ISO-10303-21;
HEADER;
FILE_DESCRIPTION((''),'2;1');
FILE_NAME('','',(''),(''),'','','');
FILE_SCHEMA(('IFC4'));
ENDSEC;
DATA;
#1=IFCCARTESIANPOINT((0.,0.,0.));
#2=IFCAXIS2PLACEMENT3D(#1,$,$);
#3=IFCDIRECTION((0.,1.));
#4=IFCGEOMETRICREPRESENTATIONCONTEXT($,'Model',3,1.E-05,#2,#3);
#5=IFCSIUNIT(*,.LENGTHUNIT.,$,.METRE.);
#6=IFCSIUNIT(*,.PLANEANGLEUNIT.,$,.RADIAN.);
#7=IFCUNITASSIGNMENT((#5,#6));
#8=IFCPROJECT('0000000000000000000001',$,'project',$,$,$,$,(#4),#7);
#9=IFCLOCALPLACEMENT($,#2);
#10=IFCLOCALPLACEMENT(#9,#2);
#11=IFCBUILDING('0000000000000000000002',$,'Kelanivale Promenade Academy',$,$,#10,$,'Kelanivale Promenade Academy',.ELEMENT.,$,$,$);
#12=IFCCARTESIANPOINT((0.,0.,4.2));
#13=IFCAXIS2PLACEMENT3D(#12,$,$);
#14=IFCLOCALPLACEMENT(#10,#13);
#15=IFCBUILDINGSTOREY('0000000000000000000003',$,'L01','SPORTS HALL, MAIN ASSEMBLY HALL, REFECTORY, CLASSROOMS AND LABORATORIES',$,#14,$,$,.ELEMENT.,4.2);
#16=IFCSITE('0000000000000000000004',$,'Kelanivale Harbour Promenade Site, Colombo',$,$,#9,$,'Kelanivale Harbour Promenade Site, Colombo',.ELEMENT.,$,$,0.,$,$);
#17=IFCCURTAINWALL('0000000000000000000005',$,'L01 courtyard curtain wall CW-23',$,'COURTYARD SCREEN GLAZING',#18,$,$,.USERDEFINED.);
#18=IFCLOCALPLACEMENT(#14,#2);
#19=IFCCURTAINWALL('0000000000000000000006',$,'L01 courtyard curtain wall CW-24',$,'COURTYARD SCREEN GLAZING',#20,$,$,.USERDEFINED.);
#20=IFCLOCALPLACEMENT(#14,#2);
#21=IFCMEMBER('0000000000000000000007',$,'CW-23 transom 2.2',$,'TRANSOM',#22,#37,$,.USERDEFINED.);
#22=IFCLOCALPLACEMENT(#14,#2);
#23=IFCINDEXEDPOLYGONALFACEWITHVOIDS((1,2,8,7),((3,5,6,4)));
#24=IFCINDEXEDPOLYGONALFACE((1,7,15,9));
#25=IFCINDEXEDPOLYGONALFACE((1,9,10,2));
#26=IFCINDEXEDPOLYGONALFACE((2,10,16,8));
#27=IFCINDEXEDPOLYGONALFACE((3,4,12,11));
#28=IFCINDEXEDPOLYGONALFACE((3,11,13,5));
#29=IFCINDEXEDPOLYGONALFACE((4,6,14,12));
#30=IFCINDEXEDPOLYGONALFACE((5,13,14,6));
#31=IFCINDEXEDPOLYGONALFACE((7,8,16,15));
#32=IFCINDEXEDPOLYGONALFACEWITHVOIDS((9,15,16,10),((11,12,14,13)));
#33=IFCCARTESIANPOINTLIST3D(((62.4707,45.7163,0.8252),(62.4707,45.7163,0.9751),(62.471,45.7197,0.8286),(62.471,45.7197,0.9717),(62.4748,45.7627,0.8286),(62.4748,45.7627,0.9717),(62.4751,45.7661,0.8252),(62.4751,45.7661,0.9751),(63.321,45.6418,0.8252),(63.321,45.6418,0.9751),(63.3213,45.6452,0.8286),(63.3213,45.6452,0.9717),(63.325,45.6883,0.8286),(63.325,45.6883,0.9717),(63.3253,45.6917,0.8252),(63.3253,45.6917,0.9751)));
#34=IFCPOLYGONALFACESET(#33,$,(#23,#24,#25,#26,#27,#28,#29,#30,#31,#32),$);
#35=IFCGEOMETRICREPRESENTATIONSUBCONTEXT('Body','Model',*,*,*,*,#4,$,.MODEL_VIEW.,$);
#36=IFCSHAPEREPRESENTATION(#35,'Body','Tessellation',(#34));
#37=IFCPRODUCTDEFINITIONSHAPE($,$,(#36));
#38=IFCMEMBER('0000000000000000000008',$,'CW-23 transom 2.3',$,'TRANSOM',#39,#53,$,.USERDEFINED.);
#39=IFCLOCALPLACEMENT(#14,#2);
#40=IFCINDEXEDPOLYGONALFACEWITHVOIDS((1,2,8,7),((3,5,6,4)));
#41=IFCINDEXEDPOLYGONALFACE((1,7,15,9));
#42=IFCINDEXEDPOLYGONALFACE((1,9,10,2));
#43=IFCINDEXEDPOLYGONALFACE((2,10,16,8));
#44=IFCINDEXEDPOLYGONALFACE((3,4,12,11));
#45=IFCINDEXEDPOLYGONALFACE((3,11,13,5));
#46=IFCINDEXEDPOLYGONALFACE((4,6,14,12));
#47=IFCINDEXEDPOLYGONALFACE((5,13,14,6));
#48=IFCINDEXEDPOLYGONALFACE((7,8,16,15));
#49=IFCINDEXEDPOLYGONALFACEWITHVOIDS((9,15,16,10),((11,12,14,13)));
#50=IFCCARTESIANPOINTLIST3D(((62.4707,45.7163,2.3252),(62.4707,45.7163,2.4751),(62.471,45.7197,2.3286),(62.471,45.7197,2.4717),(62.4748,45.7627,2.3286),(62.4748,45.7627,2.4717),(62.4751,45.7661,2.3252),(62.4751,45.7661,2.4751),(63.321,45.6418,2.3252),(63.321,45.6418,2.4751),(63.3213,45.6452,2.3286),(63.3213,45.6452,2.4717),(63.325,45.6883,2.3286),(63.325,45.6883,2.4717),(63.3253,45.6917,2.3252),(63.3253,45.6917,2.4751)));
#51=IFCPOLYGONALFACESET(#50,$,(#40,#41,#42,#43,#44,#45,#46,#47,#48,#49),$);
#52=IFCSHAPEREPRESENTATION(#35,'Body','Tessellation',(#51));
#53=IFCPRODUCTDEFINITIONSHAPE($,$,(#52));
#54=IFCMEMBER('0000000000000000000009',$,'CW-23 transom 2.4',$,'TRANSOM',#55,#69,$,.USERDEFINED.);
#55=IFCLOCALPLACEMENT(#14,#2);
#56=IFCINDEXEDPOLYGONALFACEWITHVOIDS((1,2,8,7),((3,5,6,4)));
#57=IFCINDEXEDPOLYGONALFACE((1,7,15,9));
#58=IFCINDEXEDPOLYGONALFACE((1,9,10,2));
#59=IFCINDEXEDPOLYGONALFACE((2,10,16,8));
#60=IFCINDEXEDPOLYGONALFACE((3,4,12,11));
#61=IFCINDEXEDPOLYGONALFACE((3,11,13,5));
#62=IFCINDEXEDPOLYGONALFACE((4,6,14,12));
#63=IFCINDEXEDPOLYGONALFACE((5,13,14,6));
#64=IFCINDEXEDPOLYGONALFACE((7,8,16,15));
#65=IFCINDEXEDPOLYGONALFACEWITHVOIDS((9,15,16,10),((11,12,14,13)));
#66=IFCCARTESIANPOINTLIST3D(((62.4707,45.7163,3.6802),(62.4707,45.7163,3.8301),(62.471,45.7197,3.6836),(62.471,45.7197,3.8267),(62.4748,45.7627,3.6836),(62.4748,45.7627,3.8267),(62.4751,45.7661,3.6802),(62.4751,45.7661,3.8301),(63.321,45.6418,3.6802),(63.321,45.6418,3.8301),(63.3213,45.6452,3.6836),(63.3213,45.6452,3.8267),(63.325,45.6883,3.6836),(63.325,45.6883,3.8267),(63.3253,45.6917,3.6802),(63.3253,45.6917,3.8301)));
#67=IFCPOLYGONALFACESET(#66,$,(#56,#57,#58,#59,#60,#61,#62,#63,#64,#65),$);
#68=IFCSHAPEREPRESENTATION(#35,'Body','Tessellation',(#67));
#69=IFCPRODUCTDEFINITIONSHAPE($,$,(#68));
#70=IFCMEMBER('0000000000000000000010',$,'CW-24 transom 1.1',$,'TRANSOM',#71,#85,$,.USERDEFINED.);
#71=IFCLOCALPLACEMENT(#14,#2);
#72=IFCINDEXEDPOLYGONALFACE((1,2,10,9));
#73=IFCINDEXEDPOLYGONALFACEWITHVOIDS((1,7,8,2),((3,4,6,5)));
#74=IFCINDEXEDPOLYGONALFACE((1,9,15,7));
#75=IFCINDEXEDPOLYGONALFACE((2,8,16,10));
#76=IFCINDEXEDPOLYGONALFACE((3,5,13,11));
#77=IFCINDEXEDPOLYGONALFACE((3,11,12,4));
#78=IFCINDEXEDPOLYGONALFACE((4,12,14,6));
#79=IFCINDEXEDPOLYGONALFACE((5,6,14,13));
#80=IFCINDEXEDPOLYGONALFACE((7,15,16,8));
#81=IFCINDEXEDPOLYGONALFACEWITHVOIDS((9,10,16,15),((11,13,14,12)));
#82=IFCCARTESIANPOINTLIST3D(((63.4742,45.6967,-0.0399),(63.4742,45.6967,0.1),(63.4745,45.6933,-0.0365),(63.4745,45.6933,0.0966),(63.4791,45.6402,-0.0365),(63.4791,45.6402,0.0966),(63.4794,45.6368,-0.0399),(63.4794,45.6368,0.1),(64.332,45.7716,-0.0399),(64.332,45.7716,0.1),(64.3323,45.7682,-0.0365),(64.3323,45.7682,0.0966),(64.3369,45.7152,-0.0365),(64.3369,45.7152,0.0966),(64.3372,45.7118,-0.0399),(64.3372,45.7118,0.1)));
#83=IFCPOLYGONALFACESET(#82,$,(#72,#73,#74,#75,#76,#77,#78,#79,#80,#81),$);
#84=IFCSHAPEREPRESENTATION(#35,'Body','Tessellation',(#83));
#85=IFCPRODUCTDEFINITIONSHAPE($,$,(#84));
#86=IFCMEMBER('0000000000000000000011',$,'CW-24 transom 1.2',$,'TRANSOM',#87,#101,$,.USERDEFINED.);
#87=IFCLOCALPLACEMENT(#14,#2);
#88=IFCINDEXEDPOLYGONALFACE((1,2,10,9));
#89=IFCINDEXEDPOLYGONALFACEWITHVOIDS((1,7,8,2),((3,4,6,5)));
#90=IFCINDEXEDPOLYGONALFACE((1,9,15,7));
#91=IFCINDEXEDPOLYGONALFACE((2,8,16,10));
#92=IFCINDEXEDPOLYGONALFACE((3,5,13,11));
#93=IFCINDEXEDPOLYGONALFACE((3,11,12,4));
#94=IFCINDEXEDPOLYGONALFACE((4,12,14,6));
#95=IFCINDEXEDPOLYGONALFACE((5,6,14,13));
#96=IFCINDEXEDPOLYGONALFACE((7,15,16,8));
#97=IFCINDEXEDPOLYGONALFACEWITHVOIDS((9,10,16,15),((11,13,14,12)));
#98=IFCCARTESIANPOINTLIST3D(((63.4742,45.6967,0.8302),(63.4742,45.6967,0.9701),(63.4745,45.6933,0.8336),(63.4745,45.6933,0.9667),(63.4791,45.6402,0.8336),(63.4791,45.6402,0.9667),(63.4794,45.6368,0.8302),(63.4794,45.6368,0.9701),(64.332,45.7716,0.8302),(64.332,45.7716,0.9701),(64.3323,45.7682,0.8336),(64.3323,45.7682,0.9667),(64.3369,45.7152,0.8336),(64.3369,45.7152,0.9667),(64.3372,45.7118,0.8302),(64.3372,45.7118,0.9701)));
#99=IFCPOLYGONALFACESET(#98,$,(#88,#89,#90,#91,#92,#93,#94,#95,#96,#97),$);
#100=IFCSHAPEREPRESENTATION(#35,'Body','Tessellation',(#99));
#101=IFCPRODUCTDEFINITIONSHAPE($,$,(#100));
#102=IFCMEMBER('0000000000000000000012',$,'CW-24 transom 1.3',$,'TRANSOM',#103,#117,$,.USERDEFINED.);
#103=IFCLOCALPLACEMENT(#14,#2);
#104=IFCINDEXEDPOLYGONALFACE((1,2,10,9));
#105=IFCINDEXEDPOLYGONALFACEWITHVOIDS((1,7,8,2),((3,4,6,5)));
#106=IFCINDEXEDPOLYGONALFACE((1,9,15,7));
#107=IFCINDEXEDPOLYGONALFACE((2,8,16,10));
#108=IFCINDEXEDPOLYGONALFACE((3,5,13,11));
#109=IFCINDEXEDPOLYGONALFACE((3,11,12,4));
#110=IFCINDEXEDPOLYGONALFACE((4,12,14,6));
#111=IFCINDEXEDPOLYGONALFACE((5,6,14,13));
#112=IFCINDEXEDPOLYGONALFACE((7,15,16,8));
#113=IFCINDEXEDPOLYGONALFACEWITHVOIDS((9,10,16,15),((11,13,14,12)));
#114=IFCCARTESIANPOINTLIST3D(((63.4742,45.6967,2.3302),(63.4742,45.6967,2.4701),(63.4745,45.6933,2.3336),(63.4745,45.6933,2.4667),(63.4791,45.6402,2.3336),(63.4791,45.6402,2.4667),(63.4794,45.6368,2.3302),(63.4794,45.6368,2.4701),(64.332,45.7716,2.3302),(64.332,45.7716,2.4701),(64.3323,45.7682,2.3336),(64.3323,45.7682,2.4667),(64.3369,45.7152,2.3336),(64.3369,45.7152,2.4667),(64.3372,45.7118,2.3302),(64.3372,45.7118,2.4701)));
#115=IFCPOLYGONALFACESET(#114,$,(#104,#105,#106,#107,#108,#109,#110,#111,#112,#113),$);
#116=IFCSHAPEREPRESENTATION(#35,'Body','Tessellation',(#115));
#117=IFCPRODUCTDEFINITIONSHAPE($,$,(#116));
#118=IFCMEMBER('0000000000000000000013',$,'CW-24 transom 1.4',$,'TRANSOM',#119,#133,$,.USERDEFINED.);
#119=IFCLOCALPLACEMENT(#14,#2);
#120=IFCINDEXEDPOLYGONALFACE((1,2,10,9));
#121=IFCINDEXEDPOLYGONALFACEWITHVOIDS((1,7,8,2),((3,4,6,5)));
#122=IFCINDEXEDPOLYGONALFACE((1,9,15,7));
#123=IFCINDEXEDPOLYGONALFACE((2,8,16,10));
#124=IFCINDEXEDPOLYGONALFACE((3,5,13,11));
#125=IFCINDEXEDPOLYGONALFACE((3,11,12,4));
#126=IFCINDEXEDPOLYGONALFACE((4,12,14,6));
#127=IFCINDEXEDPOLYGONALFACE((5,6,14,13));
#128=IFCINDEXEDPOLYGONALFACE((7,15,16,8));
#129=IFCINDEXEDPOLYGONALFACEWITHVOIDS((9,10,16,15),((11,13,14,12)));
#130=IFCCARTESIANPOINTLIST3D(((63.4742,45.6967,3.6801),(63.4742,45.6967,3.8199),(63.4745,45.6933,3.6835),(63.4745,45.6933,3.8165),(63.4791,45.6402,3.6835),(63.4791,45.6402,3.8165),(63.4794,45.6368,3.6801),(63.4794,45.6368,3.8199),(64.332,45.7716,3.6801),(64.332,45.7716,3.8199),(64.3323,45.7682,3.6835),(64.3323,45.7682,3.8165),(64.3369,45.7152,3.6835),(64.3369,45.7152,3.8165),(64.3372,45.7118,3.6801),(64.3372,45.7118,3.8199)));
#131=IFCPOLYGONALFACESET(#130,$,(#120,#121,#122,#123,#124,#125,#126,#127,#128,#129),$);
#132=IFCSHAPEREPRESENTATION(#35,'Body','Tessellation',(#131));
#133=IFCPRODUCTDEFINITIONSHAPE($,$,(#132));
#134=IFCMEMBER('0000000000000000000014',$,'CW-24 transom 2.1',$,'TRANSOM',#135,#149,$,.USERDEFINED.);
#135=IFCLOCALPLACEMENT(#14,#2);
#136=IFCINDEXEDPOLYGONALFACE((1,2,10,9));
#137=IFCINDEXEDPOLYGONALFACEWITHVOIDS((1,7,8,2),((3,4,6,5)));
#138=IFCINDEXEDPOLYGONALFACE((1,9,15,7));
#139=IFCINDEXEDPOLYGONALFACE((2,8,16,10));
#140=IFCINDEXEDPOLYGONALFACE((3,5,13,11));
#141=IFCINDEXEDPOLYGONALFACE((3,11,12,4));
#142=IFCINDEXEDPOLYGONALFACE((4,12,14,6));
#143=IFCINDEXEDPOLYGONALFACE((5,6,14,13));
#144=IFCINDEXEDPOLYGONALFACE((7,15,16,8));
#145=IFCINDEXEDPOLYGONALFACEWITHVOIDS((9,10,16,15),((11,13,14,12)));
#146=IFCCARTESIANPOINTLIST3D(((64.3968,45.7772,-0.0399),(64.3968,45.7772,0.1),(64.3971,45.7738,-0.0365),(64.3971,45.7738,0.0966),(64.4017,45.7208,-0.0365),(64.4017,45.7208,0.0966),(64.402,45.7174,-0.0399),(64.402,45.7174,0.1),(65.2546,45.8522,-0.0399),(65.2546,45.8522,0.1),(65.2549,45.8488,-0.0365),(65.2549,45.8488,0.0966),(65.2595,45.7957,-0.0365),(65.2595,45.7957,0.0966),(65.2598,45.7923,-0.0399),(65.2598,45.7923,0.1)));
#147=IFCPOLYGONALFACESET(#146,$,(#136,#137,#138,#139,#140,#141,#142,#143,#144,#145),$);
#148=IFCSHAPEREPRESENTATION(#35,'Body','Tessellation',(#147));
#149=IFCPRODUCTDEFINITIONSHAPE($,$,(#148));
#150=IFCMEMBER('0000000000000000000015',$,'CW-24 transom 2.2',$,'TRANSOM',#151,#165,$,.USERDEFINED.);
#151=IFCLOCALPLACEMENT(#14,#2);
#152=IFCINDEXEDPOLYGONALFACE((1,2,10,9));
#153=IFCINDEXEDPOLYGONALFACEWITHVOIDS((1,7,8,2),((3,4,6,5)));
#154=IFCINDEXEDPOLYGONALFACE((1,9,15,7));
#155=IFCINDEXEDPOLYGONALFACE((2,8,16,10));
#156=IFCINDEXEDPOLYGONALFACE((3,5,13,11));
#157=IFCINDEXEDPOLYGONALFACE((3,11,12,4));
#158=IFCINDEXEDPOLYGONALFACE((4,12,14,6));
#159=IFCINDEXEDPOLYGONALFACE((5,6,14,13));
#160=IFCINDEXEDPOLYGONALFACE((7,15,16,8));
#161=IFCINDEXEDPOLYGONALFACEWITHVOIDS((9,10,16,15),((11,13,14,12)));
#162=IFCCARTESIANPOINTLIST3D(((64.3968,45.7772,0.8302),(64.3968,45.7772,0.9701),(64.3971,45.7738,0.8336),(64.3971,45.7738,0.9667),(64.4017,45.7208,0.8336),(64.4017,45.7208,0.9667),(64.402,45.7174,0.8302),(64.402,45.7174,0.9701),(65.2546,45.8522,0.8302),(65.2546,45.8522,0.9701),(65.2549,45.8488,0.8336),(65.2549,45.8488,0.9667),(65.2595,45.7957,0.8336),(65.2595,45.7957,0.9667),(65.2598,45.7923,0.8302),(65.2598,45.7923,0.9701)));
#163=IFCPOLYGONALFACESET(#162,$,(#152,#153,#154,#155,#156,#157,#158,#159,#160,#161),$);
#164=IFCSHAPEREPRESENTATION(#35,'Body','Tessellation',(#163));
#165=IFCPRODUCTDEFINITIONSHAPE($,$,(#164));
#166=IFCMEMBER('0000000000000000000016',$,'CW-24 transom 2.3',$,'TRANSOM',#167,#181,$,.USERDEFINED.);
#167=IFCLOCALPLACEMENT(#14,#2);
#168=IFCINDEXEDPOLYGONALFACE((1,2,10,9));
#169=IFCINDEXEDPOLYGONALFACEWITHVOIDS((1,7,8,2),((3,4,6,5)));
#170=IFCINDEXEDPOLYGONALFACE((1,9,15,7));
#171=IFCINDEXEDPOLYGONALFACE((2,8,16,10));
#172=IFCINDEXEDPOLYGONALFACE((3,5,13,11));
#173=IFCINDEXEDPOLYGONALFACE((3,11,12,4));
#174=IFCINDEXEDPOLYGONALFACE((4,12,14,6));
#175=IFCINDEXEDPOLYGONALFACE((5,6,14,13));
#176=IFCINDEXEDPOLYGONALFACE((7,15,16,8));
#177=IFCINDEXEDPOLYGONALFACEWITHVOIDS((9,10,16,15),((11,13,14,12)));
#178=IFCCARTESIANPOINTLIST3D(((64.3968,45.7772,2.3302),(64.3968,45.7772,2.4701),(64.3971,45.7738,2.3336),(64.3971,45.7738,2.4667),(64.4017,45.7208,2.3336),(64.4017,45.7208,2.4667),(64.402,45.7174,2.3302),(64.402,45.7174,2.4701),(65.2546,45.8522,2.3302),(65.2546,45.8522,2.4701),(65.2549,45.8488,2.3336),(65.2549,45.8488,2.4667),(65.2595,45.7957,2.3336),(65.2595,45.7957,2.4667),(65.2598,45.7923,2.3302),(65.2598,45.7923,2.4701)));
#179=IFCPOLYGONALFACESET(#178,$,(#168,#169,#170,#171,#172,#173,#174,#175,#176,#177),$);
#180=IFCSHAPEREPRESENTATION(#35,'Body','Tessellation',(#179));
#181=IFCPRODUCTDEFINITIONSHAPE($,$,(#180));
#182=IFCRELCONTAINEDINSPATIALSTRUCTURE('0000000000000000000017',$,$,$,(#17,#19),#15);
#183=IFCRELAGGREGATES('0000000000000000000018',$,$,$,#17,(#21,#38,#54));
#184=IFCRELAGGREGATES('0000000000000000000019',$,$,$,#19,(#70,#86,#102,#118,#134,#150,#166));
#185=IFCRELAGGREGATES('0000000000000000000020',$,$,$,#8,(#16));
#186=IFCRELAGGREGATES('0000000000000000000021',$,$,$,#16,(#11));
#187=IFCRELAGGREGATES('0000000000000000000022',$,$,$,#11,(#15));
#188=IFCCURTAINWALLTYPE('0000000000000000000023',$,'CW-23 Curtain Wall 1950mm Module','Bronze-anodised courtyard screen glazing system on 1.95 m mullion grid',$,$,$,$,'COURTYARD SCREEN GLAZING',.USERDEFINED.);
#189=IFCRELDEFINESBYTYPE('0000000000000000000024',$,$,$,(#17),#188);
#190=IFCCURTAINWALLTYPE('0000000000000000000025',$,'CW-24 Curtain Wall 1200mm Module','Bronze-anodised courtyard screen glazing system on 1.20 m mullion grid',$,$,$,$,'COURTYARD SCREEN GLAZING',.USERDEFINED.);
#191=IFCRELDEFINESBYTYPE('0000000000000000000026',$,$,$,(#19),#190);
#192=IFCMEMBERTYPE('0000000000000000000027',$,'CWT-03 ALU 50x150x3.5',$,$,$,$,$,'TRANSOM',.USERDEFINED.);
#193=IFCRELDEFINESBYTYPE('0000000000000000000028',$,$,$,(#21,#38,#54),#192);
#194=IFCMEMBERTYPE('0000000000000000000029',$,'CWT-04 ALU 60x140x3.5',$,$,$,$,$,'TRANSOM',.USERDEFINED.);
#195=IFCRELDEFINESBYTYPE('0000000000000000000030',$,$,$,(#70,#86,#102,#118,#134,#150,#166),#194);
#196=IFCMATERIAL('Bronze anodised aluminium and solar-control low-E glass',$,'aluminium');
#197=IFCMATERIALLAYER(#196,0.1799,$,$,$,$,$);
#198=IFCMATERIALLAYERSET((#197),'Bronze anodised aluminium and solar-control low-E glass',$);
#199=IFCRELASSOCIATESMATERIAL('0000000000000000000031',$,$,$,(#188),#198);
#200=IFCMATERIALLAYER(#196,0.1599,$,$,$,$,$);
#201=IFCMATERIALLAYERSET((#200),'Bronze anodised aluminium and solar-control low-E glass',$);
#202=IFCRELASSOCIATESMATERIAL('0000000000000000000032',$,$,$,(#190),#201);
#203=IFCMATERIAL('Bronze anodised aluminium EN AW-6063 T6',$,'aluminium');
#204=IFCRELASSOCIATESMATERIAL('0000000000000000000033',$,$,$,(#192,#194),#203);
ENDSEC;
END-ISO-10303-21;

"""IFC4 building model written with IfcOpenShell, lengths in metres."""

from ifc_helpers import new_model, si_unit, direction, frame, origin, origin_2d, place, context, subcontext, project, spatial, hollow_rectangle, extrude, material, layer, layer_set, material_profile, profile_set, type_object, element, aggregate, save


model = new_model("IFC4")

# Units and contexts
model_context = context("Model", 3, precision=1e-05, world=origin(), true_north=direction((0.0, 1.0)))
body_context = subcontext(model_context, "Body", "Model", "MODEL_VIEW")
ifc_project = project(units=[si_unit("LENGTHUNIT", "METRE"), si_unit("PLANEANGLEUNIT", "RADIAN")], contexts=[model_context])

# Site, building, storey
site_placement = place(None, origin())
site = spatial("IfcSite", under=ifc_project, at=site_placement, Name="Kelanivale Harbour Promenade Site, Colombo", LongName="Kelanivale Harbour Promenade Site, Colombo", CompositionType="ELEMENT", RefElevation=0.0)
building_placement = place(site_placement, origin())
building = spatial("IfcBuilding", under=site, at=building_placement, Name="Kelanivale Promenade Academy", LongName="Kelanivale Promenade Academy", CompositionType="ELEMENT")
storey_placement = place(building_placement, frame((0.0, 0.0, 4.2)))
storey = spatial("IfcBuildingStorey", under=building, at=storey_placement, Name="L01", Description="SPORTS HALL, MAIN ASSEMBLY HALL, REFECTORY, CLASSROOMS AND LABORATORIES", CompositionType="ELEMENT", Elevation=4.2)

# Shared definitions
ifc_material_1 = material(Name="Bronze anodised aluminium and solar-control low-E glass", Category="aluminium")
ifc_material_2 = material(Name="Bronze anodised aluminium EN AW-6063 T6", Category="aluminium")

# Curtain walls
ifc_layer_1 = layer(ifc_material_1, 0.1799)
ifc_layer_set_1 = layer_set([ifc_layer_1], Name="Bronze anodised aluminium and solar-control low-E glass")
curtain_wall_type_1 = type_object("IfcCurtainWallType", Name="CW-23 Curtain Wall 1950mm Module", Description="Bronze-anodised courtyard screen glazing system on 1.95 m mullion grid", ElementType="COURTYARD SCREEN GLAZING", PredefinedType="USERDEFINED", material=ifc_layer_set_1)
curtain_wall_1_placement = place(storey_placement, origin())
curtain_wall_1 = element("IfcCurtainWall", 1, at=curtain_wall_1_placement, inside=storey, type_object=curtain_wall_type_1, Name="L01 courtyard curtain wall CW-23", ObjectType="COURTYARD SCREEN GLAZING", PredefinedType="USERDEFINED")
ifc_layer_2 = layer(ifc_material_1, 0.1599)
ifc_layer_set_2 = layer_set([ifc_layer_2], Name="Bronze anodised aluminium and solar-control low-E glass")
curtain_wall_type_2 = type_object("IfcCurtainWallType", Name="CW-24 Curtain Wall 1200mm Module", Description="Bronze-anodised courtyard screen glazing system on 1.20 m mullion grid", ElementType="COURTYARD SCREEN GLAZING", PredefinedType="USERDEFINED", material=ifc_layer_set_2)
curtain_wall_2_placement = place(storey_placement, origin())
curtain_wall_2 = element("IfcCurtainWall", 2, at=curtain_wall_2_placement, inside=storey, type_object=curtain_wall_type_2, Name="L01 courtyard curtain wall CW-24", ObjectType="COURTYARD SCREEN GLAZING", PredefinedType="USERDEFINED")

# Members
ifc_material_profile_1 = material_profile(ifc_material_2, hollow_rectangle(XDim=0.05, YDim=0.1499, WallThickness=0.0034, at=origin_2d()), Name="ALU 50x150x3.5")
ifc_profile_set_1 = profile_set([ifc_material_profile_1], Name="Bronze anodised aluminium EN AW-6063 T6")
member_type_1 = type_object("IfcMemberType", Name="CWT-03 ALU 50x150x3.5", ElementType="TRANSOM", PredefinedType="USERDEFINED", material=ifc_profile_set_1)
member_1_placement = place(storey_placement, frame((62.4729, 45.7412, 0.9001), z_axis=(0.996188, -0.087234, 0.0), x_axis=(0.087234, 0.996188, 0.0)))
member_1 = element("IfcMember", 3, at=member_1_placement, type_object=member_type_1, Name="CW-23 transom 2.2", ObjectType="TRANSOM", PredefinedType="USERDEFINED", context=body_context, shape_type="SweptSolid", body=[
    extrude(hollow_rectangle(XDim=0.05, YDim=0.1499, WallThickness=0.0034, at=origin_2d()), origin(), (0.0, 0.0, 1.0), 0.8535),
])
member_2_placement = place(storey_placement, frame((62.4729, 45.7412, 2.4001), z_axis=(0.996188, -0.087234, 0.0), x_axis=(0.087234, 0.996188, 0.0)))
member_2 = element("IfcMember", 4, at=member_2_placement, type_object=member_type_1, Name="CW-23 transom 2.3", ObjectType="TRANSOM", PredefinedType="USERDEFINED", context=body_context, shape_type="SweptSolid", body=[
    extrude(hollow_rectangle(XDim=0.05, YDim=0.1499, WallThickness=0.0034, at=origin_2d()), origin(), (0.0, 0.0, 1.0), 0.8535),
])
member_3_placement = place(storey_placement, frame((62.4729, 45.7412, 3.7551), z_axis=(0.996188, -0.087234, 0.0), x_axis=(0.087234, 0.996188, 0.0)))
member_3 = element("IfcMember", 5, at=member_3_placement, type_object=member_type_1, Name="CW-23 transom 2.4", ObjectType="TRANSOM", PredefinedType="USERDEFINED", context=body_context, shape_type="SweptSolid", body=[
    extrude(hollow_rectangle(XDim=0.05, YDim=0.1499, WallThickness=0.0034, at=origin_2d()), origin(), (0.0, 0.0, 1.0), 0.8535),
])
ifc_material_profile_2 = material_profile(ifc_material_2, hollow_rectangle(XDim=0.0601, YDim=0.1399, WallThickness=0.0034, at=origin_2d()), Name="ALU 60x140x3.5")
ifc_profile_set_2 = profile_set([ifc_material_profile_2], Name="Bronze anodised aluminium EN AW-6063 T6")
member_type_2 = type_object("IfcMemberType", Name="CWT-04 ALU 60x140x3.5", ElementType="TRANSOM", PredefinedType="USERDEFINED", material=ifc_profile_set_2)
member_4_placement = place(storey_placement, frame((63.4768, 45.6667, 0.03), z_axis=(0.996205, 0.087033, 0.0), x_axis=(-0.087033, 0.996205, 0.0)))
member_4 = element("IfcMember", 6, at=member_4_placement, type_object=member_type_2, Name="CW-24 transom 1.1", ObjectType="TRANSOM", PredefinedType="USERDEFINED", context=body_context, shape_type="SweptSolid", body=[
    extrude(hollow_rectangle(XDim=0.0601, YDim=0.1399, WallThickness=0.0034, at=origin_2d()), origin(), (0.0, 0.0, 1.0), 0.8611),
])
member_5_placement = place(storey_placement, frame((63.4768, 45.6667, 0.9001), z_axis=(0.996205, 0.087033, 0.0), x_axis=(-0.087033, 0.996205, 0.0)))
member_5 = element("IfcMember", 7, at=member_5_placement, type_object=member_type_2, Name="CW-24 transom 1.2", ObjectType="TRANSOM", PredefinedType="USERDEFINED", context=body_context, shape_type="SweptSolid", body=[
    extrude(hollow_rectangle(XDim=0.0601, YDim=0.1399, WallThickness=0.0034, at=origin_2d()), origin(), (0.0, 0.0, 1.0), 0.8611),
])
member_6_placement = place(storey_placement, frame((63.4768, 45.6667, 2.4001), z_axis=(0.996205, 0.087033, 0.0), x_axis=(-0.087033, 0.996205, 0.0)))
member_6 = element("IfcMember", 8, at=member_6_placement, type_object=member_type_2, Name="CW-24 transom 1.3", ObjectType="TRANSOM", PredefinedType="USERDEFINED", context=body_context, shape_type="SweptSolid", body=[
    extrude(hollow_rectangle(XDim=0.0601, YDim=0.1399, WallThickness=0.0034, at=origin_2d()), origin(), (0.0, 0.0, 1.0), 0.8611),
])
member_7_placement = place(storey_placement, frame((63.4768, 45.6667, 3.75), z_axis=(0.996205, 0.087033, 0.0), x_axis=(-0.087033, 0.996205, 0.0)))
member_7 = element("IfcMember", 9, at=member_7_placement, type_object=member_type_2, Name="CW-24 transom 1.4", ObjectType="TRANSOM", PredefinedType="USERDEFINED", context=body_context, shape_type="SweptSolid", body=[
    extrude(hollow_rectangle(XDim=0.0601, YDim=0.1399, WallThickness=0.0034, at=origin_2d()), origin(), (0.0, 0.0, 1.0), 0.8611),
])
member_8_placement = place(storey_placement, frame((64.3994, 45.7473, 0.03), z_axis=(0.996205, 0.087033, 0.0), x_axis=(-0.087033, 0.996205, 0.0)))
member_8 = element("IfcMember", 10, at=member_8_placement, type_object=member_type_2, Name="CW-24 transom 2.1", ObjectType="TRANSOM", PredefinedType="USERDEFINED", context=body_context, shape_type="SweptSolid", body=[
    extrude(hollow_rectangle(XDim=0.0601, YDim=0.1399, WallThickness=0.0034, at=origin_2d()), origin(), (0.0, 0.0, 1.0), 0.8611),
])
member_9_placement = place(storey_placement, frame((64.3994, 45.7473, 0.9001), z_axis=(0.996205, 0.087033, 0.0), x_axis=(-0.087033, 0.996205, 0.0)))
member_9 = element("IfcMember", 11, at=member_9_placement, type_object=member_type_2, Name="CW-24 transom 2.2", ObjectType="TRANSOM", PredefinedType="USERDEFINED", context=body_context, shape_type="SweptSolid", body=[
    extrude(hollow_rectangle(XDim=0.0601, YDim=0.1399, WallThickness=0.0034, at=origin_2d()), origin(), (0.0, 0.0, 1.0), 0.8611),
])
member_10_placement = place(storey_placement, frame((64.3994, 45.7473, 2.4001), z_axis=(0.996205, 0.087033, 0.0), x_axis=(-0.087033, 0.996205, 0.0)))
member_10 = element("IfcMember", 12, at=member_10_placement, type_object=member_type_2, Name="CW-24 transom 2.3", ObjectType="TRANSOM", PredefinedType="USERDEFINED", context=body_context, shape_type="SweptSolid", body=[
    extrude(hollow_rectangle(XDim=0.0601, YDim=0.1399, WallThickness=0.0034, at=origin_2d()), origin(), (0.0, 0.0, 1.0), 0.8611),
])

aggregate(curtain_wall_1, [member_1, member_2, member_3])
aggregate(curtain_wall_2, [member_4, member_5, member_6, member_7, member_8, member_9, member_10])

save(model, "model.ifc")
